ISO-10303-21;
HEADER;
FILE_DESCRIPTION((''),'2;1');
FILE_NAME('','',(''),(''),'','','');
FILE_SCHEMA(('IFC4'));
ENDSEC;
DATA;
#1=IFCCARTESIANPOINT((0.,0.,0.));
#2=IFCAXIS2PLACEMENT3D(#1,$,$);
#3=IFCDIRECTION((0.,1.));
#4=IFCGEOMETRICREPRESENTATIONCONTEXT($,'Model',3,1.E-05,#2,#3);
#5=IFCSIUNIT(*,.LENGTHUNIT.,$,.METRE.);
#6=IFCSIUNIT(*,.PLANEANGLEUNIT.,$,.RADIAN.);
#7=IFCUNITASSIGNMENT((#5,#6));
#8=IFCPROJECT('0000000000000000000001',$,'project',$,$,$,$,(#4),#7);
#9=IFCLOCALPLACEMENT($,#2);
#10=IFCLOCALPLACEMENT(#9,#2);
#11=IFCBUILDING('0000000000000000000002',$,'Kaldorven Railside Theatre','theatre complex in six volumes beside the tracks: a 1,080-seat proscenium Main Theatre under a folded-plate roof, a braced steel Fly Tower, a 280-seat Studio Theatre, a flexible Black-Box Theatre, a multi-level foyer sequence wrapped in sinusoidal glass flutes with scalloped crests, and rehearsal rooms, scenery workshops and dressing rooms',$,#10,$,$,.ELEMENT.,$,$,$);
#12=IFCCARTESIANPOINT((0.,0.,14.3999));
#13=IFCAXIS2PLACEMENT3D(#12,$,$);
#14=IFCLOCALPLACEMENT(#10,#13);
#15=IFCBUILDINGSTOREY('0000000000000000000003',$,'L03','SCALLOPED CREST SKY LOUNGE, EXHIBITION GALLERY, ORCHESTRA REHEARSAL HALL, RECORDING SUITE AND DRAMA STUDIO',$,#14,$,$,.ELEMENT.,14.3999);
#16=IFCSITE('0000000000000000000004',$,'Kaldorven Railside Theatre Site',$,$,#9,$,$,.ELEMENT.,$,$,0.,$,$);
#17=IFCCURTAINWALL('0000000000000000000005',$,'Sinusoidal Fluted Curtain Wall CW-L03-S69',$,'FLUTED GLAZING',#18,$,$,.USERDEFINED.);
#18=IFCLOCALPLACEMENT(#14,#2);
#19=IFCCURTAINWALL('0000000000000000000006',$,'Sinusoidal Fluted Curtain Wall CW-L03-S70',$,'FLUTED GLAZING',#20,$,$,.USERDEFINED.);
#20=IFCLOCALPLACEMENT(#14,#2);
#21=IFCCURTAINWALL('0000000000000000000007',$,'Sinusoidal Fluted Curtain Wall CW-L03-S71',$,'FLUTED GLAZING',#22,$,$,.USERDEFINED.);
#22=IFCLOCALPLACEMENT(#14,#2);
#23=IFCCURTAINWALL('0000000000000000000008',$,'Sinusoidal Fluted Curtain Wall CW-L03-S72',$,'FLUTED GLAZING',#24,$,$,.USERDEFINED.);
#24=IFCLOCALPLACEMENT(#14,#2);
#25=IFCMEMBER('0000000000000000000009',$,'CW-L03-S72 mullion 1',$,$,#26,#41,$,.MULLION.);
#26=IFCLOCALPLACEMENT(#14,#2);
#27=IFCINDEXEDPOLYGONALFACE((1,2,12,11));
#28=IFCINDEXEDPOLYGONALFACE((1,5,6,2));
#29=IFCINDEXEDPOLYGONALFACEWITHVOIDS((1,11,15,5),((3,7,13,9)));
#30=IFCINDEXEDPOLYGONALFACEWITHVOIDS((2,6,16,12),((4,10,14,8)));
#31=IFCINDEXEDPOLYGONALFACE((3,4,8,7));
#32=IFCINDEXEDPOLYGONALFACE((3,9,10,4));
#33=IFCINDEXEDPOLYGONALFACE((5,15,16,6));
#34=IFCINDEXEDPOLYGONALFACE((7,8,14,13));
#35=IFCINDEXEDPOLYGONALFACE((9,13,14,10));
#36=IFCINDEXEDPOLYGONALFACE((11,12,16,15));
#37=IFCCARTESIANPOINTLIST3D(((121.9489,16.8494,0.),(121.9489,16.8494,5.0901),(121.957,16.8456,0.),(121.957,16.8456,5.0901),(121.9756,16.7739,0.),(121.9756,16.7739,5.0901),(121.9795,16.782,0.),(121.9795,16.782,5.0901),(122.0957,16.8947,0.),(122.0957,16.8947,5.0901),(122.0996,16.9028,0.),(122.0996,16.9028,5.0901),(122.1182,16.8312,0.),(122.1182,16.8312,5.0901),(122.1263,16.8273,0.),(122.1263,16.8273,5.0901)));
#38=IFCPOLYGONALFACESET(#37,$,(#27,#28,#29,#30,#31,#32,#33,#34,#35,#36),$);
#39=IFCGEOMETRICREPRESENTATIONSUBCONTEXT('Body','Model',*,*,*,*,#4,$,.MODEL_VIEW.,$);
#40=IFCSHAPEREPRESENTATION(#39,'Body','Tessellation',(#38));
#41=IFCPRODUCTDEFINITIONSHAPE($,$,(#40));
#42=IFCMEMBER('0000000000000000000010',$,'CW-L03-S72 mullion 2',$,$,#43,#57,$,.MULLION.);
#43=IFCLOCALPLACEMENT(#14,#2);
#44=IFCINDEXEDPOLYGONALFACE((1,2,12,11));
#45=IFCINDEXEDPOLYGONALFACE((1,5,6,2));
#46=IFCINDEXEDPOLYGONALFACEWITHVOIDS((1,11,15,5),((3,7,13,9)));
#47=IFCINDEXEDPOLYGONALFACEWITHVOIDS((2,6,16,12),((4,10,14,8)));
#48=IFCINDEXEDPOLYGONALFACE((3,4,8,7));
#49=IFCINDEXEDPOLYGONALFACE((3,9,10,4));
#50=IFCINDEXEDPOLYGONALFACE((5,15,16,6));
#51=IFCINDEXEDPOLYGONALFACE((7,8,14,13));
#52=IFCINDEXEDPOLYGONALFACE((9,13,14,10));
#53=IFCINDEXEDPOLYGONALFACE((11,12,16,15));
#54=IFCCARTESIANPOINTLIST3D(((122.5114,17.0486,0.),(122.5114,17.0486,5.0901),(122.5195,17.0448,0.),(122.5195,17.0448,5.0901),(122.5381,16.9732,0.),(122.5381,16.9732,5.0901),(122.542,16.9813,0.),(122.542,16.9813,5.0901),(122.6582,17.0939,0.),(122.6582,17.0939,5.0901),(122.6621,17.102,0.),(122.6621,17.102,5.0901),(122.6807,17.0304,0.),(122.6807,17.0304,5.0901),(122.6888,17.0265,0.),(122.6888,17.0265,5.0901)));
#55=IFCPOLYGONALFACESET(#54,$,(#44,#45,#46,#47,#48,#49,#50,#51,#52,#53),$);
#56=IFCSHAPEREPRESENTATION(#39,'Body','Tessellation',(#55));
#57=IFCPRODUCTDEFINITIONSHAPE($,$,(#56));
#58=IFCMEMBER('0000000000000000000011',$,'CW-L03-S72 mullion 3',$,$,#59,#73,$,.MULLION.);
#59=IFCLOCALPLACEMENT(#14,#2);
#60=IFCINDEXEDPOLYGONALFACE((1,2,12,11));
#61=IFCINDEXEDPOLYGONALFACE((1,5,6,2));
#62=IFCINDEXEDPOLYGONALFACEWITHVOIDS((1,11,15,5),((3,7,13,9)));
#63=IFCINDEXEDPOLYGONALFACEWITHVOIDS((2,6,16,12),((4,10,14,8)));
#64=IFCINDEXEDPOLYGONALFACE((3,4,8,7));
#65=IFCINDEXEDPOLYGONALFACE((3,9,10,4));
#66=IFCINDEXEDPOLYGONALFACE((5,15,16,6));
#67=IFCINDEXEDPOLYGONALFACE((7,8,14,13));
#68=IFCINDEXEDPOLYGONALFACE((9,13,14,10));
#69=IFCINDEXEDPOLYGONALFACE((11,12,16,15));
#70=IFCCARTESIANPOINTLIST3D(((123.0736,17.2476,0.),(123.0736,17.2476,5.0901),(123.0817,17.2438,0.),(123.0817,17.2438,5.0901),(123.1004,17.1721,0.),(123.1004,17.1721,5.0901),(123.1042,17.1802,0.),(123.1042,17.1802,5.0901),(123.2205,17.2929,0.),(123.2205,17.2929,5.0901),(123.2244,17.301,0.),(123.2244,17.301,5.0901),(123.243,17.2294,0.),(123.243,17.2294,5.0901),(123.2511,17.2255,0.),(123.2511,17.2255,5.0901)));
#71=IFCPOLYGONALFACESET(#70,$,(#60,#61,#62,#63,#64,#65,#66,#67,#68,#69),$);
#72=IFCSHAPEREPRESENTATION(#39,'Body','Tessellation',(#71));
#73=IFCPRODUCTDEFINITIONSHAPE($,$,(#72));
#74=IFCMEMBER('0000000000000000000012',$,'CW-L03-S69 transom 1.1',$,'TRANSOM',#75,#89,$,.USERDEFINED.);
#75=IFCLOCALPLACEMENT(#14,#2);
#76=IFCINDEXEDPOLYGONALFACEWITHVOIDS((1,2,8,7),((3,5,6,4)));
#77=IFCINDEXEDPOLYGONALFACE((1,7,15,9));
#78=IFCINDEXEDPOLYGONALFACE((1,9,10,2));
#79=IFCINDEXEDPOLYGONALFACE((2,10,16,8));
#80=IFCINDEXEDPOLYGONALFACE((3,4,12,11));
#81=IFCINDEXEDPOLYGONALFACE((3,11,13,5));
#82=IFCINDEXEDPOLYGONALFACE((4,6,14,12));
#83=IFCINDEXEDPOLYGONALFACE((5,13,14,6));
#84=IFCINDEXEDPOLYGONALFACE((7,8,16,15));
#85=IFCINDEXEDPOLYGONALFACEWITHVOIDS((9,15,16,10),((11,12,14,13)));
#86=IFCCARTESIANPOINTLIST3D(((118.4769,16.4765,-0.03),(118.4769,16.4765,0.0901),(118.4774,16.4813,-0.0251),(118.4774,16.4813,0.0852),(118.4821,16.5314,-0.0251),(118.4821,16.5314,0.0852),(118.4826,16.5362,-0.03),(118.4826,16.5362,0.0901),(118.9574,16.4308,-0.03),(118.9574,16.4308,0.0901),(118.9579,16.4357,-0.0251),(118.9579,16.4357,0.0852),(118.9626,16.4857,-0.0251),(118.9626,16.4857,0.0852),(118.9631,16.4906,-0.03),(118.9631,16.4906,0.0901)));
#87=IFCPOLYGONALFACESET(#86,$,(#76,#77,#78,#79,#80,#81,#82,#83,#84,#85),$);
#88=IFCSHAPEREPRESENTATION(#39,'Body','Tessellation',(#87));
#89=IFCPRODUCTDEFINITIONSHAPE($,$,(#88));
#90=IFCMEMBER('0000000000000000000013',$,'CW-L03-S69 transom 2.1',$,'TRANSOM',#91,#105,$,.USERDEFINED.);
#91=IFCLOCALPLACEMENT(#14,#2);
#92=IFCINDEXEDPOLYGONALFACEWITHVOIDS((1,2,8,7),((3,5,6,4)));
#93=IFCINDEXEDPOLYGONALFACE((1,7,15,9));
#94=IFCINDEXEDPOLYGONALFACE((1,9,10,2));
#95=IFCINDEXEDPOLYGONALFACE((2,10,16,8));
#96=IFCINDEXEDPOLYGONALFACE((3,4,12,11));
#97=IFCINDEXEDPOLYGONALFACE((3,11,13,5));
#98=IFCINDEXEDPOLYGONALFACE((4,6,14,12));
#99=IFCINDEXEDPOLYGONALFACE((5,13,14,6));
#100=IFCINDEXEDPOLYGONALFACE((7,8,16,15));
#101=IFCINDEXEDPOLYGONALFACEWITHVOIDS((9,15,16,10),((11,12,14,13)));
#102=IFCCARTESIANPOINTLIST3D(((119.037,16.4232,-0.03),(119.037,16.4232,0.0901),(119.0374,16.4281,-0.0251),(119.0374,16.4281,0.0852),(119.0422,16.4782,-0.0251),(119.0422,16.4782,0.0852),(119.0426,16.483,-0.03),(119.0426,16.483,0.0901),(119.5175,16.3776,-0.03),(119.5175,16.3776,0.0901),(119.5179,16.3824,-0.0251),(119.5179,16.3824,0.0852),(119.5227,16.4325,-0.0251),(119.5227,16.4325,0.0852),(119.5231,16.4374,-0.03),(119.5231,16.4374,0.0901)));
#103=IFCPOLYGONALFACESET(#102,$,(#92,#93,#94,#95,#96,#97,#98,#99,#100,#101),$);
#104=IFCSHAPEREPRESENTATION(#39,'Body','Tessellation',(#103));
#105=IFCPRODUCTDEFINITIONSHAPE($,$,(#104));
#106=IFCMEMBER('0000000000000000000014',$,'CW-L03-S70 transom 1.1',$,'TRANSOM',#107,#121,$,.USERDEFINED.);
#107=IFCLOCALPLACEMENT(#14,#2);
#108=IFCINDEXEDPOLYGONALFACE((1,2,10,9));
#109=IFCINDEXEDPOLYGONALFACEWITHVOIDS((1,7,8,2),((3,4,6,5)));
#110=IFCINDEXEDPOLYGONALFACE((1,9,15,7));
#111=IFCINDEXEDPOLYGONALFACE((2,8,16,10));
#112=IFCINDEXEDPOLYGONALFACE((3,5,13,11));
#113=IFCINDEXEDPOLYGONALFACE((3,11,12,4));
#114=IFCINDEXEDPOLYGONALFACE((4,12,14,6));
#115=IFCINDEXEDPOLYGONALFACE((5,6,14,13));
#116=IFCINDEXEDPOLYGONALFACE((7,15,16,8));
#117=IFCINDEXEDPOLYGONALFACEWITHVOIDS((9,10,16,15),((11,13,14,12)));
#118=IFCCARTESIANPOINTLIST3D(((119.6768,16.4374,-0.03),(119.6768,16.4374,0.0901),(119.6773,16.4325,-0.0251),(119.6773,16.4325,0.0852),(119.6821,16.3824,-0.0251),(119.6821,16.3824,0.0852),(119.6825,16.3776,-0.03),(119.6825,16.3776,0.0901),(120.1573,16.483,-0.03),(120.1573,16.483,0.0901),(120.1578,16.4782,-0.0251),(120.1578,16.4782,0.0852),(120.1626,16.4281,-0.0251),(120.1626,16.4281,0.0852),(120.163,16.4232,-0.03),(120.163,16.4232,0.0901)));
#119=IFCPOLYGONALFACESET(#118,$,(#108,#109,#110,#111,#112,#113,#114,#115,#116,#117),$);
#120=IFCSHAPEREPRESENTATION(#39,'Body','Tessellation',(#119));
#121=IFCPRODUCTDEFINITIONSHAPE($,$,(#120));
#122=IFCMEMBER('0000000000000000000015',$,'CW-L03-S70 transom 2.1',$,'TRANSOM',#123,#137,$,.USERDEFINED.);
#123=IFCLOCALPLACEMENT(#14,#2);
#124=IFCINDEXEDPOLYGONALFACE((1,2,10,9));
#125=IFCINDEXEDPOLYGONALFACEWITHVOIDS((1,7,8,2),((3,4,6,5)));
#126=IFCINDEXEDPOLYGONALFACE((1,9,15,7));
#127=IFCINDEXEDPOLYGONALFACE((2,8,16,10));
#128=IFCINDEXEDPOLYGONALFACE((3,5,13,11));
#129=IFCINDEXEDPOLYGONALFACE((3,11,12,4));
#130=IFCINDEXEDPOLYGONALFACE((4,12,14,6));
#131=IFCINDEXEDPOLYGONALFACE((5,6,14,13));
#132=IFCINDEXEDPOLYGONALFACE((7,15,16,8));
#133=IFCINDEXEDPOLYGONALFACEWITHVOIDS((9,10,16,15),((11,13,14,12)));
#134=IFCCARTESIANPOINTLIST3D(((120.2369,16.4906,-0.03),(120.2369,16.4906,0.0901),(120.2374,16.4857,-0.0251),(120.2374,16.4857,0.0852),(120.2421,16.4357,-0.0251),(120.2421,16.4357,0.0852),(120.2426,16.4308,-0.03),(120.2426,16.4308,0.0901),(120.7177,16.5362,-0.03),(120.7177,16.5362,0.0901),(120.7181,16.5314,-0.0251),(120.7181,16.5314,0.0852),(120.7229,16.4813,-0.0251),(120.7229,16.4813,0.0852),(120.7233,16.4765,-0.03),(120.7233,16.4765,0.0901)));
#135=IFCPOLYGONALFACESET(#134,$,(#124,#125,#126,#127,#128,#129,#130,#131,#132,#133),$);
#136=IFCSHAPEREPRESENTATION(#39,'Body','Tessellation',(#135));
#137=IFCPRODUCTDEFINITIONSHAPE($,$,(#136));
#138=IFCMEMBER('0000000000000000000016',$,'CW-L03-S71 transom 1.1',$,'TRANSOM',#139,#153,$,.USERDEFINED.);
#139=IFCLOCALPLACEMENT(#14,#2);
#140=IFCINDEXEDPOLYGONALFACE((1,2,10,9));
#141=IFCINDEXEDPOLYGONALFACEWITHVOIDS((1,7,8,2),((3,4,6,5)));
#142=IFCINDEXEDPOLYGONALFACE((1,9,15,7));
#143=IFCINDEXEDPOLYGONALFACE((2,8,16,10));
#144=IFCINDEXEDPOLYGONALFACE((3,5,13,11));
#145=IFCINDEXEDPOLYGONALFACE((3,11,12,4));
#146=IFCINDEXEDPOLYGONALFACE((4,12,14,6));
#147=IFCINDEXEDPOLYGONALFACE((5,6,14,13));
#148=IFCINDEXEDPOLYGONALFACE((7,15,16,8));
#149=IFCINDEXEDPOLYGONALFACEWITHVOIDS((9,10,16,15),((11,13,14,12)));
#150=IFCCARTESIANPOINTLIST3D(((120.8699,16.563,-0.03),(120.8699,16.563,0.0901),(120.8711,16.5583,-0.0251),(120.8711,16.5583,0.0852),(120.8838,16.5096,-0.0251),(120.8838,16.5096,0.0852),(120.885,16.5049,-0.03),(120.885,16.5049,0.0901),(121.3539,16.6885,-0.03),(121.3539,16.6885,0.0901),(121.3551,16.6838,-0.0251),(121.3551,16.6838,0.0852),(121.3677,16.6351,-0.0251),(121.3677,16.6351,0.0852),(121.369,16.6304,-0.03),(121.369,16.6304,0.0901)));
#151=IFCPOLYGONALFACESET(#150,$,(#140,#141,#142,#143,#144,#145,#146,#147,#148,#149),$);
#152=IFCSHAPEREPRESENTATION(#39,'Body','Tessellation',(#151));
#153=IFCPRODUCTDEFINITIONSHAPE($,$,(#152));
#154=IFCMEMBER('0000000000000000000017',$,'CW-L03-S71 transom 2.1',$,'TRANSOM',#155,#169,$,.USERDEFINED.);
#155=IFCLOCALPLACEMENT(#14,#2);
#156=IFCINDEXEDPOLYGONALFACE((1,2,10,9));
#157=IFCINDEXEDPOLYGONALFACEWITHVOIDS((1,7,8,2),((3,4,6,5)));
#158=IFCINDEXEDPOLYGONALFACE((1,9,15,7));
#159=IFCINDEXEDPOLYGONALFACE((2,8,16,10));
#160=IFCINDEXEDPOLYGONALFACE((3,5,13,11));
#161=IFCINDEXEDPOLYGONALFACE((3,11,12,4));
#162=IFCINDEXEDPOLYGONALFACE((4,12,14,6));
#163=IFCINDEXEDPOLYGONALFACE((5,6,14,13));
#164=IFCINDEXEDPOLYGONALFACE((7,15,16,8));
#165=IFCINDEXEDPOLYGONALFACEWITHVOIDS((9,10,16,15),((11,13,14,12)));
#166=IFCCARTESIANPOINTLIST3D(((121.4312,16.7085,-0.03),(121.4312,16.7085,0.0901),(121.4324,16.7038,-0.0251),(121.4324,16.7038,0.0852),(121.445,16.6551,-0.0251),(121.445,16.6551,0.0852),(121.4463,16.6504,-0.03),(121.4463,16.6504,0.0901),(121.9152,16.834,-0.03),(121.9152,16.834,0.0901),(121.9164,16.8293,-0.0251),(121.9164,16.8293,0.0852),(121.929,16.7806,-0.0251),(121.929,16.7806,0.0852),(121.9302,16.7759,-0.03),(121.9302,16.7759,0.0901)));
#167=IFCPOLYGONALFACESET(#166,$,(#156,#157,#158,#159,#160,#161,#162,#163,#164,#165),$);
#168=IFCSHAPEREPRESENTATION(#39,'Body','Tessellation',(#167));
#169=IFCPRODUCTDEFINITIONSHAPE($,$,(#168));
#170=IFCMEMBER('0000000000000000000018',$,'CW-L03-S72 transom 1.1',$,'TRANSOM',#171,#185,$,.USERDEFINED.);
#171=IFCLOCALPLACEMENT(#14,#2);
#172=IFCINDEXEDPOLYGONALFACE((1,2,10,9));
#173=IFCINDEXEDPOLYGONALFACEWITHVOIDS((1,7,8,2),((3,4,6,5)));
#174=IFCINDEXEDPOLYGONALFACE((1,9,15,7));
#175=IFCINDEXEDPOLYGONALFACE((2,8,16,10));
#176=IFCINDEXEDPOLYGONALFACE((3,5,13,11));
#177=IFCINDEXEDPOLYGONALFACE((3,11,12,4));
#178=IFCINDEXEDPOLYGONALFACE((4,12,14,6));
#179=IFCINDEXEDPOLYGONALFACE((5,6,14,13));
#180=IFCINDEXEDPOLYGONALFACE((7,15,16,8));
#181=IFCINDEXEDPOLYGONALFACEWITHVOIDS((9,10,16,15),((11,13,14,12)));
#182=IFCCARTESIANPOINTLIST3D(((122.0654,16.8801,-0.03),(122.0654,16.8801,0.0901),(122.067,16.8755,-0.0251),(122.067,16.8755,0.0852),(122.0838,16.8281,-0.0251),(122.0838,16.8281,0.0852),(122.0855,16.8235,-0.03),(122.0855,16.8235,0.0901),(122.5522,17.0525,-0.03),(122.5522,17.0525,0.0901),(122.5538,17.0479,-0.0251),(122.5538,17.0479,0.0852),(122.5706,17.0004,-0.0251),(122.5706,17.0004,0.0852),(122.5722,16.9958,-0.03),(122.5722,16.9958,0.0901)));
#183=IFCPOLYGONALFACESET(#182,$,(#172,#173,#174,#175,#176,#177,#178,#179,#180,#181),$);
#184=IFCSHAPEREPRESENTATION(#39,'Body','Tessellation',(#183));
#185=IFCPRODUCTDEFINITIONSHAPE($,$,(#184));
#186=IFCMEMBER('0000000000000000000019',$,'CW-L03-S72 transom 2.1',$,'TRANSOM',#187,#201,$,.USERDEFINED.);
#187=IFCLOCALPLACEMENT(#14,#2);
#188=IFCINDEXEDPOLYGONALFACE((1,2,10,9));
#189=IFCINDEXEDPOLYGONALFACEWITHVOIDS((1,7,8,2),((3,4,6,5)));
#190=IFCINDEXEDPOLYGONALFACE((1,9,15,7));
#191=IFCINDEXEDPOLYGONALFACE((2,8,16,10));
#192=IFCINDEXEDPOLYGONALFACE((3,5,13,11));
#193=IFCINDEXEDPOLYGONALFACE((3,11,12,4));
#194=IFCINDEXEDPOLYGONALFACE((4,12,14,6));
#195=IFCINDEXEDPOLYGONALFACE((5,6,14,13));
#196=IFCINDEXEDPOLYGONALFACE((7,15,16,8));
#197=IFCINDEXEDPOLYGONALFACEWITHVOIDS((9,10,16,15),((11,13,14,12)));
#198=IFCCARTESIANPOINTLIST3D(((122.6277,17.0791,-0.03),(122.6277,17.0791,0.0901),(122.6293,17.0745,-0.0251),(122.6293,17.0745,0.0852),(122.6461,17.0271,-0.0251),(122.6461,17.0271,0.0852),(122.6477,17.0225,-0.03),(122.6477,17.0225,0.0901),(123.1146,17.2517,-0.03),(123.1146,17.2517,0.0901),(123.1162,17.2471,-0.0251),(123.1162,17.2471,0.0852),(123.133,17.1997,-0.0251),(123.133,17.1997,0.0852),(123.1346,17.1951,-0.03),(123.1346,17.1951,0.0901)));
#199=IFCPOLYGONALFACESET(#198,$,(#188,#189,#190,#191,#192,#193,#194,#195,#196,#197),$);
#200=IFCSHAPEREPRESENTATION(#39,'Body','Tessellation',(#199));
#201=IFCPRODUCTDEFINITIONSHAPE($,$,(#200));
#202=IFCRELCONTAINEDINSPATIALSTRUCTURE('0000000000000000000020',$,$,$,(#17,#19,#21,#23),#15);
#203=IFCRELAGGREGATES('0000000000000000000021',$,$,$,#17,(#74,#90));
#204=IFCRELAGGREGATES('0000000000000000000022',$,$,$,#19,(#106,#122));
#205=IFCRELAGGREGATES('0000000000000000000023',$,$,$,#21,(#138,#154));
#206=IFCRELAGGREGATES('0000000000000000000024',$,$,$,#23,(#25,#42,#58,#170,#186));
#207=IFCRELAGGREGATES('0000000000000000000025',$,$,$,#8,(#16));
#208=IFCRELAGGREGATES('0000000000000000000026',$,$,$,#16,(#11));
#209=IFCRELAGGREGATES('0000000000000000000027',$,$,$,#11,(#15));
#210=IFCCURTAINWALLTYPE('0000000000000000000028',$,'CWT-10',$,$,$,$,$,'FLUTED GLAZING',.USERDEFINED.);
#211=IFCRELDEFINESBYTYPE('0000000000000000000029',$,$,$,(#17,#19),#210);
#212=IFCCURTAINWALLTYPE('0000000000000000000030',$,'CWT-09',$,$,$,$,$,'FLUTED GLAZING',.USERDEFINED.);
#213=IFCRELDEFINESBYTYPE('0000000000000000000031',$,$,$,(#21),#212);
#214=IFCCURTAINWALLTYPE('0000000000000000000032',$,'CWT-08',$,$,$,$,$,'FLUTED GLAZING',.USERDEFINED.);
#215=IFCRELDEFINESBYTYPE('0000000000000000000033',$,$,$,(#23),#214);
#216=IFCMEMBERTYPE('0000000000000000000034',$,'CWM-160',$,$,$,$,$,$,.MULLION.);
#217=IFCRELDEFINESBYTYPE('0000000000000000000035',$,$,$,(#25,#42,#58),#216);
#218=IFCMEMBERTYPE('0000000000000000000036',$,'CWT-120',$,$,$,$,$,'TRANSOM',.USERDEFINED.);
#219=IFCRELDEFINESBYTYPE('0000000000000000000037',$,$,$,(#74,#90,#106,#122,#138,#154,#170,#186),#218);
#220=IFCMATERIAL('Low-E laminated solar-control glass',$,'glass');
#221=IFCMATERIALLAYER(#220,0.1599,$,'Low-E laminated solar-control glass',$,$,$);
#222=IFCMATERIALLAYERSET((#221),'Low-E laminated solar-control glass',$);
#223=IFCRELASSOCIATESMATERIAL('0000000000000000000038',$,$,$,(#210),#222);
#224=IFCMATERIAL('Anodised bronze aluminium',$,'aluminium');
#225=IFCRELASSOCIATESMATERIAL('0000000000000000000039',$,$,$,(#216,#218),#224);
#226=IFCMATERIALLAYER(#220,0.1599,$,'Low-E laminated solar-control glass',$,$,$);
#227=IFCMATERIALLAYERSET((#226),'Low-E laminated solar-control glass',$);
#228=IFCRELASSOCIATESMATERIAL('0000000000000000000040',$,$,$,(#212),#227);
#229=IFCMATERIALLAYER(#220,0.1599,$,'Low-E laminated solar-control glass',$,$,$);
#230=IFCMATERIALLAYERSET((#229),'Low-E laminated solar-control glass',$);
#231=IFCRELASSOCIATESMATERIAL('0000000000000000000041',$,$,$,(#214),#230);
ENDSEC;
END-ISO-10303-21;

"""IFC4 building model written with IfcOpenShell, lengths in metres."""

from ifc_helpers import new_model, si_unit, direction, frame, origin, origin_2d, place, context, subcontext, project, spatial, hollow_rectangle, extrude, material, layer, layer_set, material_profile, profile_set, type_object, element, aggregate, save


model = new_model("IFC4")

# Units and contexts
model_context = context("Model", 3, precision=1e-05, world=origin(), true_north=direction((0.0, 1.0)))
body_context = subcontext(model_context, "Body", "Model", "MODEL_VIEW")
ifc_project = project(units=[si_unit("LENGTHUNIT", "METRE"), si_unit("PLANEANGLEUNIT", "RADIAN")], contexts=[model_context])

# Site, building, storey
site_placement = place(None, origin())
site = spatial("IfcSite", under=ifc_project, at=site_placement, Name="Kaldorven Railside Theatre Site", CompositionType="ELEMENT", RefElevation=0.0)
building_placement = place(site_placement, origin())
building = spatial("IfcBuilding", under=site, at=building_placement, Name="Kaldorven Railside Theatre", Description="theatre complex in six volumes beside the tracks: a 1,080-seat proscenium Main Theatre under a folded-plate roof, a braced steel Fly Tower, a 280-seat Studio Theatre, a flexible Black-Box Theatre, a multi-level foyer sequence wrapped in sinusoidal glass flutes with scalloped crests, and rehearsal rooms, scenery workshops and dressing rooms", CompositionType="ELEMENT")
storey_placement = place(building_placement, frame((0.0, 0.0, 14.3999)))
storey = spatial("IfcBuildingStorey", under=building, at=storey_placement, Name="L03", Description="SCALLOPED CREST SKY LOUNGE, EXHIBITION GALLERY, ORCHESTRA REHEARSAL HALL, RECORDING SUITE AND DRAMA STUDIO", CompositionType="ELEMENT", Elevation=14.3999)

# Curtain walls, members
ifc_material_1 = material(Name="Low-E laminated solar-control glass", Category="glass")
ifc_layer_1 = layer(ifc_material_1, 0.1599, Name="Low-E laminated solar-control glass")
ifc_layer_set_1 = layer_set([ifc_layer_1], Name="Low-E laminated solar-control glass")
curtain_wall_type_1 = type_object("IfcCurtainWallType", Name="CWT-10", ElementType="FLUTED GLAZING", PredefinedType="USERDEFINED", material=ifc_layer_set_1)
curtain_wall_1_placement = place(storey_placement, origin())
curtain_wall_1 = element("IfcCurtainWall", 1, at=curtain_wall_1_placement, inside=storey, type_object=curtain_wall_type_1, Name="Sinusoidal Fluted Curtain Wall CW-L03-S69", ObjectType="FLUTED GLAZING", PredefinedType="USERDEFINED")
ifc_material_2 = material(Name="Anodised bronze aluminium", Category="aluminium")
ifc_material_profile_1 = material_profile(ifc_material_2, hollow_rectangle(XDim=0.0801, YDim=0.1599, WallThickness=0.0063, at=origin_2d()), Name="RHS 160x80x6.3")
ifc_profile_set_1 = profile_set([ifc_material_profile_1], Name="Anodised bronze aluminium")
member_type_1 = type_object("IfcMemberType", Name="CWM-160", PredefinedType="MULLION", material=ifc_profile_set_1)
curtain_wall_2_placement = place(storey_placement, origin())
curtain_wall_2 = element("IfcCurtainWall", 2, at=curtain_wall_2_placement, inside=storey, type_object=curtain_wall_type_1, Name="Sinusoidal Fluted Curtain Wall CW-L03-S70", ObjectType="FLUTED GLAZING", PredefinedType="USERDEFINED")
ifc_layer_2 = layer(ifc_material_1, 0.1599, Name="Low-E laminated solar-control glass")
ifc_layer_set_2 = layer_set([ifc_layer_2], Name="Low-E laminated solar-control glass")
curtain_wall_type_2 = type_object("IfcCurtainWallType", Name="CWT-09", ElementType="FLUTED GLAZING", PredefinedType="USERDEFINED", material=ifc_layer_set_2)
curtain_wall_3_placement = place(storey_placement, origin())
curtain_wall_3 = element("IfcCurtainWall", 3, at=curtain_wall_3_placement, inside=storey, type_object=curtain_wall_type_2, Name="Sinusoidal Fluted Curtain Wall CW-L03-S71", ObjectType="FLUTED GLAZING", PredefinedType="USERDEFINED")
ifc_layer_3 = layer(ifc_material_1, 0.1599, Name="Low-E laminated solar-control glass")
ifc_layer_set_3 = layer_set([ifc_layer_3], Name="Low-E laminated solar-control glass")
curtain_wall_type_3 = type_object("IfcCurtainWallType", Name="CWT-08", ElementType="FLUTED GLAZING", PredefinedType="USERDEFINED", material=ifc_layer_set_3)
curtain_wall_4_placement = place(storey_placement, origin())
curtain_wall_4 = element("IfcCurtainWall", 4, at=curtain_wall_4_placement, inside=storey, type_object=curtain_wall_type_3, Name="Sinusoidal Fluted Curtain Wall CW-L03-S72", ObjectType="FLUTED GLAZING", PredefinedType="USERDEFINED")
member_1_placement = place(storey_placement, frame((122.0376, 16.8384, 0.0), z_axis=(0.0, 0.0, 1.0), x_axis=(-0.333847, 0.942627, 0.0)))
member_1 = element("IfcMember", 5, at=member_1_placement, type_object=member_type_1, Name="CW-L03-S72 mullion 1", PredefinedType="MULLION", context=body_context, shape_type="SweptSolid", body=[
    extrude(hollow_rectangle(XDim=0.0801, YDim=0.1599, WallThickness=0.0063, at=origin_2d()), origin(), (0.0, 0.0, 1.0), 5.0901),
])
member_2_placement = place(storey_placement, frame((122.6001, 17.0376, 0.0), z_axis=(0.0, 0.0, 1.0), x_axis=(-0.333847, 0.942627, 0.0)))
member_2 = element("IfcMember", 6, at=member_2_placement, type_object=member_type_1, Name="CW-L03-S72 mullion 2", PredefinedType="MULLION", context=body_context, shape_type="SweptSolid", body=[
    extrude(hollow_rectangle(XDim=0.0801, YDim=0.1599, WallThickness=0.0063, at=origin_2d()), origin(), (0.0, 0.0, 1.0), 5.0901),
])
member_3_placement = place(storey_placement, frame((123.1624, 17.2366, 0.0), z_axis=(0.0, 0.0, 1.0), x_axis=(-0.333847, 0.942627, 0.0)))
member_3 = element("IfcMember", 7, at=member_3_placement, type_object=member_type_1, Name="CW-L03-S72 mullion 3", PredefinedType="MULLION", context=body_context, shape_type="SweptSolid", body=[
    extrude(hollow_rectangle(XDim=0.0801, YDim=0.1599, WallThickness=0.0063, at=origin_2d()), origin(), (0.0, 0.0, 1.0), 5.0901),
])

# Members
ifc_material_profile_2 = material_profile(ifc_material_2, hollow_rectangle(XDim=0.0601, YDim=0.1201, WallThickness=0.0049, at=origin_2d()), Name="RHS 120x60x5")
ifc_profile_set_2 = profile_set([ifc_material_profile_2], Name="Anodised bronze aluminium")
member_type_2 = type_object("IfcMemberType", Name="CWT-120", ElementType="TRANSOM", PredefinedType="USERDEFINED", material=ifc_profile_set_2)
member_4_placement = place(storey_placement, frame((118.4797, 16.5063, 0.03), z_axis=(0.995516, -0.094594, 0.0), x_axis=(0.094594, 0.995516, 0.0)))
member_4 = element("IfcMember", 8, at=member_4_placement, type_object=member_type_2, Name="CW-L03-S69 transom 1.1", ObjectType="TRANSOM", PredefinedType="USERDEFINED", context=body_context, shape_type="SweptSolid", body=[
    extrude(hollow_rectangle(XDim=0.0601, YDim=0.1201, WallThickness=0.0049, at=origin_2d()), origin(), (0.0, 0.0, 1.0), 0.4827),
])
member_5_placement = place(storey_placement, frame((119.0398, 16.4531, 0.03), z_axis=(0.995516, -0.094594, 0.0), x_axis=(0.094594, 0.995516, 0.0)))
member_5 = element("IfcMember", 9, at=member_5_placement, type_object=member_type_2, Name="CW-L03-S69 transom 2.1", ObjectType="TRANSOM", PredefinedType="USERDEFINED", context=body_context, shape_type="SweptSolid", body=[
    extrude(hollow_rectangle(XDim=0.0601, YDim=0.1201, WallThickness=0.0049, at=origin_2d()), origin(), (0.0, 0.0, 1.0), 0.4827),
])
member_6_placement = place(storey_placement, frame((119.6797, 16.4075, 0.03), z_axis=(0.995516, 0.094594, 0.0), x_axis=(-0.094594, 0.995516, 0.0)))
member_6 = element("IfcMember", 10, at=member_6_placement, type_object=member_type_2, Name="CW-L03-S70 transom 1.1", ObjectType="TRANSOM", PredefinedType="USERDEFINED", context=body_context, shape_type="SweptSolid", body=[
    extrude(hollow_rectangle(XDim=0.0601, YDim=0.1201, WallThickness=0.0049, at=origin_2d()), origin(), (0.0, 0.0, 1.0), 0.4827),
])
member_7_placement = place(storey_placement, frame((120.2397, 16.4607, 0.03), z_axis=(0.99552, 0.094547, 0.0), x_axis=(-0.094547, 0.99552, 0.0)))
member_7 = element("IfcMember", 11, at=member_7_placement, type_object=member_type_2, Name="CW-L03-S70 transom 2.1", ObjectType="TRANSOM", PredefinedType="USERDEFINED", context=body_context, shape_type="SweptSolid", body=[
    extrude(hollow_rectangle(XDim=0.0601, YDim=0.1201, WallThickness=0.0049, at=origin_2d()), origin(), (0.0, 0.0, 1.0), 0.4829),
])
member_8_placement = place(storey_placement, frame((120.8774, 16.5339, 0.03), z_axis=(0.967979, 0.25103, 0.0), x_axis=(-0.25103, 0.967979, 0.0)))
member_8 = element("IfcMember", 12, at=member_8_placement, type_object=member_type_2, Name="CW-L03-S71 transom 1.1", ObjectType="TRANSOM", PredefinedType="USERDEFINED", context=body_context, shape_type="SweptSolid", body=[
    extrude(hollow_rectangle(XDim=0.0601, YDim=0.1201, WallThickness=0.0049, at=origin_2d()), origin(), (0.0, 0.0, 1.0), 0.5),
])
member_9_placement = place(storey_placement, frame((121.4387, 16.6794, 0.03), z_axis=(0.967979, 0.25103, 0.0), x_axis=(-0.25103, 0.967979, 0.0)))
member_9 = element("IfcMember", 13, at=member_9_placement, type_object=member_type_2, Name="CW-L03-S71 transom 2.1", ObjectType="TRANSOM", PredefinedType="USERDEFINED", context=body_context, shape_type="SweptSolid", body=[
    extrude(hollow_rectangle(XDim=0.0601, YDim=0.1201, WallThickness=0.0049, at=origin_2d()), origin(), (0.0, 0.0, 1.0), 0.5),
])
member_10_placement = place(storey_placement, frame((122.0754, 16.8518, 0.03), z_axis=(0.942658, 0.33376, 0.0), x_axis=(-0.33376, 0.942658, 0.0)))
member_10 = element("IfcMember", 14, at=member_10_placement, type_object=member_type_2, Name="CW-L03-S72 transom 1.1", ObjectType="TRANSOM", PredefinedType="USERDEFINED", context=body_context, shape_type="SweptSolid", body=[
    extrude(hollow_rectangle(XDim=0.0601, YDim=0.1201, WallThickness=0.0049, at=origin_2d()), origin(), (0.0, 0.0, 1.0), 0.5164),
])
member_11_placement = place(storey_placement, frame((122.6377, 17.0508, 0.03), z_axis=(0.942509, 0.33418, 0.0), x_axis=(-0.33418, 0.942509, 0.0)))
member_11 = element("IfcMember", 15, at=member_11_placement, type_object=member_type_2, Name="CW-L03-S72 transom 2.1", ObjectType="TRANSOM", PredefinedType="USERDEFINED", context=body_context, shape_type="SweptSolid", body=[
    extrude(hollow_rectangle(XDim=0.0601, YDim=0.1201, WallThickness=0.0049, at=origin_2d()), origin(), (0.0, 0.0, 1.0), 0.5166),
])

aggregate(curtain_wall_1, [member_4, member_5])
aggregate(curtain_wall_2, [member_6, member_7])
aggregate(curtain_wall_3, [member_8, member_9])
aggregate(curtain_wall_4, [member_1, member_2, member_3, member_10, member_11])

save(model, "model.ifc")
